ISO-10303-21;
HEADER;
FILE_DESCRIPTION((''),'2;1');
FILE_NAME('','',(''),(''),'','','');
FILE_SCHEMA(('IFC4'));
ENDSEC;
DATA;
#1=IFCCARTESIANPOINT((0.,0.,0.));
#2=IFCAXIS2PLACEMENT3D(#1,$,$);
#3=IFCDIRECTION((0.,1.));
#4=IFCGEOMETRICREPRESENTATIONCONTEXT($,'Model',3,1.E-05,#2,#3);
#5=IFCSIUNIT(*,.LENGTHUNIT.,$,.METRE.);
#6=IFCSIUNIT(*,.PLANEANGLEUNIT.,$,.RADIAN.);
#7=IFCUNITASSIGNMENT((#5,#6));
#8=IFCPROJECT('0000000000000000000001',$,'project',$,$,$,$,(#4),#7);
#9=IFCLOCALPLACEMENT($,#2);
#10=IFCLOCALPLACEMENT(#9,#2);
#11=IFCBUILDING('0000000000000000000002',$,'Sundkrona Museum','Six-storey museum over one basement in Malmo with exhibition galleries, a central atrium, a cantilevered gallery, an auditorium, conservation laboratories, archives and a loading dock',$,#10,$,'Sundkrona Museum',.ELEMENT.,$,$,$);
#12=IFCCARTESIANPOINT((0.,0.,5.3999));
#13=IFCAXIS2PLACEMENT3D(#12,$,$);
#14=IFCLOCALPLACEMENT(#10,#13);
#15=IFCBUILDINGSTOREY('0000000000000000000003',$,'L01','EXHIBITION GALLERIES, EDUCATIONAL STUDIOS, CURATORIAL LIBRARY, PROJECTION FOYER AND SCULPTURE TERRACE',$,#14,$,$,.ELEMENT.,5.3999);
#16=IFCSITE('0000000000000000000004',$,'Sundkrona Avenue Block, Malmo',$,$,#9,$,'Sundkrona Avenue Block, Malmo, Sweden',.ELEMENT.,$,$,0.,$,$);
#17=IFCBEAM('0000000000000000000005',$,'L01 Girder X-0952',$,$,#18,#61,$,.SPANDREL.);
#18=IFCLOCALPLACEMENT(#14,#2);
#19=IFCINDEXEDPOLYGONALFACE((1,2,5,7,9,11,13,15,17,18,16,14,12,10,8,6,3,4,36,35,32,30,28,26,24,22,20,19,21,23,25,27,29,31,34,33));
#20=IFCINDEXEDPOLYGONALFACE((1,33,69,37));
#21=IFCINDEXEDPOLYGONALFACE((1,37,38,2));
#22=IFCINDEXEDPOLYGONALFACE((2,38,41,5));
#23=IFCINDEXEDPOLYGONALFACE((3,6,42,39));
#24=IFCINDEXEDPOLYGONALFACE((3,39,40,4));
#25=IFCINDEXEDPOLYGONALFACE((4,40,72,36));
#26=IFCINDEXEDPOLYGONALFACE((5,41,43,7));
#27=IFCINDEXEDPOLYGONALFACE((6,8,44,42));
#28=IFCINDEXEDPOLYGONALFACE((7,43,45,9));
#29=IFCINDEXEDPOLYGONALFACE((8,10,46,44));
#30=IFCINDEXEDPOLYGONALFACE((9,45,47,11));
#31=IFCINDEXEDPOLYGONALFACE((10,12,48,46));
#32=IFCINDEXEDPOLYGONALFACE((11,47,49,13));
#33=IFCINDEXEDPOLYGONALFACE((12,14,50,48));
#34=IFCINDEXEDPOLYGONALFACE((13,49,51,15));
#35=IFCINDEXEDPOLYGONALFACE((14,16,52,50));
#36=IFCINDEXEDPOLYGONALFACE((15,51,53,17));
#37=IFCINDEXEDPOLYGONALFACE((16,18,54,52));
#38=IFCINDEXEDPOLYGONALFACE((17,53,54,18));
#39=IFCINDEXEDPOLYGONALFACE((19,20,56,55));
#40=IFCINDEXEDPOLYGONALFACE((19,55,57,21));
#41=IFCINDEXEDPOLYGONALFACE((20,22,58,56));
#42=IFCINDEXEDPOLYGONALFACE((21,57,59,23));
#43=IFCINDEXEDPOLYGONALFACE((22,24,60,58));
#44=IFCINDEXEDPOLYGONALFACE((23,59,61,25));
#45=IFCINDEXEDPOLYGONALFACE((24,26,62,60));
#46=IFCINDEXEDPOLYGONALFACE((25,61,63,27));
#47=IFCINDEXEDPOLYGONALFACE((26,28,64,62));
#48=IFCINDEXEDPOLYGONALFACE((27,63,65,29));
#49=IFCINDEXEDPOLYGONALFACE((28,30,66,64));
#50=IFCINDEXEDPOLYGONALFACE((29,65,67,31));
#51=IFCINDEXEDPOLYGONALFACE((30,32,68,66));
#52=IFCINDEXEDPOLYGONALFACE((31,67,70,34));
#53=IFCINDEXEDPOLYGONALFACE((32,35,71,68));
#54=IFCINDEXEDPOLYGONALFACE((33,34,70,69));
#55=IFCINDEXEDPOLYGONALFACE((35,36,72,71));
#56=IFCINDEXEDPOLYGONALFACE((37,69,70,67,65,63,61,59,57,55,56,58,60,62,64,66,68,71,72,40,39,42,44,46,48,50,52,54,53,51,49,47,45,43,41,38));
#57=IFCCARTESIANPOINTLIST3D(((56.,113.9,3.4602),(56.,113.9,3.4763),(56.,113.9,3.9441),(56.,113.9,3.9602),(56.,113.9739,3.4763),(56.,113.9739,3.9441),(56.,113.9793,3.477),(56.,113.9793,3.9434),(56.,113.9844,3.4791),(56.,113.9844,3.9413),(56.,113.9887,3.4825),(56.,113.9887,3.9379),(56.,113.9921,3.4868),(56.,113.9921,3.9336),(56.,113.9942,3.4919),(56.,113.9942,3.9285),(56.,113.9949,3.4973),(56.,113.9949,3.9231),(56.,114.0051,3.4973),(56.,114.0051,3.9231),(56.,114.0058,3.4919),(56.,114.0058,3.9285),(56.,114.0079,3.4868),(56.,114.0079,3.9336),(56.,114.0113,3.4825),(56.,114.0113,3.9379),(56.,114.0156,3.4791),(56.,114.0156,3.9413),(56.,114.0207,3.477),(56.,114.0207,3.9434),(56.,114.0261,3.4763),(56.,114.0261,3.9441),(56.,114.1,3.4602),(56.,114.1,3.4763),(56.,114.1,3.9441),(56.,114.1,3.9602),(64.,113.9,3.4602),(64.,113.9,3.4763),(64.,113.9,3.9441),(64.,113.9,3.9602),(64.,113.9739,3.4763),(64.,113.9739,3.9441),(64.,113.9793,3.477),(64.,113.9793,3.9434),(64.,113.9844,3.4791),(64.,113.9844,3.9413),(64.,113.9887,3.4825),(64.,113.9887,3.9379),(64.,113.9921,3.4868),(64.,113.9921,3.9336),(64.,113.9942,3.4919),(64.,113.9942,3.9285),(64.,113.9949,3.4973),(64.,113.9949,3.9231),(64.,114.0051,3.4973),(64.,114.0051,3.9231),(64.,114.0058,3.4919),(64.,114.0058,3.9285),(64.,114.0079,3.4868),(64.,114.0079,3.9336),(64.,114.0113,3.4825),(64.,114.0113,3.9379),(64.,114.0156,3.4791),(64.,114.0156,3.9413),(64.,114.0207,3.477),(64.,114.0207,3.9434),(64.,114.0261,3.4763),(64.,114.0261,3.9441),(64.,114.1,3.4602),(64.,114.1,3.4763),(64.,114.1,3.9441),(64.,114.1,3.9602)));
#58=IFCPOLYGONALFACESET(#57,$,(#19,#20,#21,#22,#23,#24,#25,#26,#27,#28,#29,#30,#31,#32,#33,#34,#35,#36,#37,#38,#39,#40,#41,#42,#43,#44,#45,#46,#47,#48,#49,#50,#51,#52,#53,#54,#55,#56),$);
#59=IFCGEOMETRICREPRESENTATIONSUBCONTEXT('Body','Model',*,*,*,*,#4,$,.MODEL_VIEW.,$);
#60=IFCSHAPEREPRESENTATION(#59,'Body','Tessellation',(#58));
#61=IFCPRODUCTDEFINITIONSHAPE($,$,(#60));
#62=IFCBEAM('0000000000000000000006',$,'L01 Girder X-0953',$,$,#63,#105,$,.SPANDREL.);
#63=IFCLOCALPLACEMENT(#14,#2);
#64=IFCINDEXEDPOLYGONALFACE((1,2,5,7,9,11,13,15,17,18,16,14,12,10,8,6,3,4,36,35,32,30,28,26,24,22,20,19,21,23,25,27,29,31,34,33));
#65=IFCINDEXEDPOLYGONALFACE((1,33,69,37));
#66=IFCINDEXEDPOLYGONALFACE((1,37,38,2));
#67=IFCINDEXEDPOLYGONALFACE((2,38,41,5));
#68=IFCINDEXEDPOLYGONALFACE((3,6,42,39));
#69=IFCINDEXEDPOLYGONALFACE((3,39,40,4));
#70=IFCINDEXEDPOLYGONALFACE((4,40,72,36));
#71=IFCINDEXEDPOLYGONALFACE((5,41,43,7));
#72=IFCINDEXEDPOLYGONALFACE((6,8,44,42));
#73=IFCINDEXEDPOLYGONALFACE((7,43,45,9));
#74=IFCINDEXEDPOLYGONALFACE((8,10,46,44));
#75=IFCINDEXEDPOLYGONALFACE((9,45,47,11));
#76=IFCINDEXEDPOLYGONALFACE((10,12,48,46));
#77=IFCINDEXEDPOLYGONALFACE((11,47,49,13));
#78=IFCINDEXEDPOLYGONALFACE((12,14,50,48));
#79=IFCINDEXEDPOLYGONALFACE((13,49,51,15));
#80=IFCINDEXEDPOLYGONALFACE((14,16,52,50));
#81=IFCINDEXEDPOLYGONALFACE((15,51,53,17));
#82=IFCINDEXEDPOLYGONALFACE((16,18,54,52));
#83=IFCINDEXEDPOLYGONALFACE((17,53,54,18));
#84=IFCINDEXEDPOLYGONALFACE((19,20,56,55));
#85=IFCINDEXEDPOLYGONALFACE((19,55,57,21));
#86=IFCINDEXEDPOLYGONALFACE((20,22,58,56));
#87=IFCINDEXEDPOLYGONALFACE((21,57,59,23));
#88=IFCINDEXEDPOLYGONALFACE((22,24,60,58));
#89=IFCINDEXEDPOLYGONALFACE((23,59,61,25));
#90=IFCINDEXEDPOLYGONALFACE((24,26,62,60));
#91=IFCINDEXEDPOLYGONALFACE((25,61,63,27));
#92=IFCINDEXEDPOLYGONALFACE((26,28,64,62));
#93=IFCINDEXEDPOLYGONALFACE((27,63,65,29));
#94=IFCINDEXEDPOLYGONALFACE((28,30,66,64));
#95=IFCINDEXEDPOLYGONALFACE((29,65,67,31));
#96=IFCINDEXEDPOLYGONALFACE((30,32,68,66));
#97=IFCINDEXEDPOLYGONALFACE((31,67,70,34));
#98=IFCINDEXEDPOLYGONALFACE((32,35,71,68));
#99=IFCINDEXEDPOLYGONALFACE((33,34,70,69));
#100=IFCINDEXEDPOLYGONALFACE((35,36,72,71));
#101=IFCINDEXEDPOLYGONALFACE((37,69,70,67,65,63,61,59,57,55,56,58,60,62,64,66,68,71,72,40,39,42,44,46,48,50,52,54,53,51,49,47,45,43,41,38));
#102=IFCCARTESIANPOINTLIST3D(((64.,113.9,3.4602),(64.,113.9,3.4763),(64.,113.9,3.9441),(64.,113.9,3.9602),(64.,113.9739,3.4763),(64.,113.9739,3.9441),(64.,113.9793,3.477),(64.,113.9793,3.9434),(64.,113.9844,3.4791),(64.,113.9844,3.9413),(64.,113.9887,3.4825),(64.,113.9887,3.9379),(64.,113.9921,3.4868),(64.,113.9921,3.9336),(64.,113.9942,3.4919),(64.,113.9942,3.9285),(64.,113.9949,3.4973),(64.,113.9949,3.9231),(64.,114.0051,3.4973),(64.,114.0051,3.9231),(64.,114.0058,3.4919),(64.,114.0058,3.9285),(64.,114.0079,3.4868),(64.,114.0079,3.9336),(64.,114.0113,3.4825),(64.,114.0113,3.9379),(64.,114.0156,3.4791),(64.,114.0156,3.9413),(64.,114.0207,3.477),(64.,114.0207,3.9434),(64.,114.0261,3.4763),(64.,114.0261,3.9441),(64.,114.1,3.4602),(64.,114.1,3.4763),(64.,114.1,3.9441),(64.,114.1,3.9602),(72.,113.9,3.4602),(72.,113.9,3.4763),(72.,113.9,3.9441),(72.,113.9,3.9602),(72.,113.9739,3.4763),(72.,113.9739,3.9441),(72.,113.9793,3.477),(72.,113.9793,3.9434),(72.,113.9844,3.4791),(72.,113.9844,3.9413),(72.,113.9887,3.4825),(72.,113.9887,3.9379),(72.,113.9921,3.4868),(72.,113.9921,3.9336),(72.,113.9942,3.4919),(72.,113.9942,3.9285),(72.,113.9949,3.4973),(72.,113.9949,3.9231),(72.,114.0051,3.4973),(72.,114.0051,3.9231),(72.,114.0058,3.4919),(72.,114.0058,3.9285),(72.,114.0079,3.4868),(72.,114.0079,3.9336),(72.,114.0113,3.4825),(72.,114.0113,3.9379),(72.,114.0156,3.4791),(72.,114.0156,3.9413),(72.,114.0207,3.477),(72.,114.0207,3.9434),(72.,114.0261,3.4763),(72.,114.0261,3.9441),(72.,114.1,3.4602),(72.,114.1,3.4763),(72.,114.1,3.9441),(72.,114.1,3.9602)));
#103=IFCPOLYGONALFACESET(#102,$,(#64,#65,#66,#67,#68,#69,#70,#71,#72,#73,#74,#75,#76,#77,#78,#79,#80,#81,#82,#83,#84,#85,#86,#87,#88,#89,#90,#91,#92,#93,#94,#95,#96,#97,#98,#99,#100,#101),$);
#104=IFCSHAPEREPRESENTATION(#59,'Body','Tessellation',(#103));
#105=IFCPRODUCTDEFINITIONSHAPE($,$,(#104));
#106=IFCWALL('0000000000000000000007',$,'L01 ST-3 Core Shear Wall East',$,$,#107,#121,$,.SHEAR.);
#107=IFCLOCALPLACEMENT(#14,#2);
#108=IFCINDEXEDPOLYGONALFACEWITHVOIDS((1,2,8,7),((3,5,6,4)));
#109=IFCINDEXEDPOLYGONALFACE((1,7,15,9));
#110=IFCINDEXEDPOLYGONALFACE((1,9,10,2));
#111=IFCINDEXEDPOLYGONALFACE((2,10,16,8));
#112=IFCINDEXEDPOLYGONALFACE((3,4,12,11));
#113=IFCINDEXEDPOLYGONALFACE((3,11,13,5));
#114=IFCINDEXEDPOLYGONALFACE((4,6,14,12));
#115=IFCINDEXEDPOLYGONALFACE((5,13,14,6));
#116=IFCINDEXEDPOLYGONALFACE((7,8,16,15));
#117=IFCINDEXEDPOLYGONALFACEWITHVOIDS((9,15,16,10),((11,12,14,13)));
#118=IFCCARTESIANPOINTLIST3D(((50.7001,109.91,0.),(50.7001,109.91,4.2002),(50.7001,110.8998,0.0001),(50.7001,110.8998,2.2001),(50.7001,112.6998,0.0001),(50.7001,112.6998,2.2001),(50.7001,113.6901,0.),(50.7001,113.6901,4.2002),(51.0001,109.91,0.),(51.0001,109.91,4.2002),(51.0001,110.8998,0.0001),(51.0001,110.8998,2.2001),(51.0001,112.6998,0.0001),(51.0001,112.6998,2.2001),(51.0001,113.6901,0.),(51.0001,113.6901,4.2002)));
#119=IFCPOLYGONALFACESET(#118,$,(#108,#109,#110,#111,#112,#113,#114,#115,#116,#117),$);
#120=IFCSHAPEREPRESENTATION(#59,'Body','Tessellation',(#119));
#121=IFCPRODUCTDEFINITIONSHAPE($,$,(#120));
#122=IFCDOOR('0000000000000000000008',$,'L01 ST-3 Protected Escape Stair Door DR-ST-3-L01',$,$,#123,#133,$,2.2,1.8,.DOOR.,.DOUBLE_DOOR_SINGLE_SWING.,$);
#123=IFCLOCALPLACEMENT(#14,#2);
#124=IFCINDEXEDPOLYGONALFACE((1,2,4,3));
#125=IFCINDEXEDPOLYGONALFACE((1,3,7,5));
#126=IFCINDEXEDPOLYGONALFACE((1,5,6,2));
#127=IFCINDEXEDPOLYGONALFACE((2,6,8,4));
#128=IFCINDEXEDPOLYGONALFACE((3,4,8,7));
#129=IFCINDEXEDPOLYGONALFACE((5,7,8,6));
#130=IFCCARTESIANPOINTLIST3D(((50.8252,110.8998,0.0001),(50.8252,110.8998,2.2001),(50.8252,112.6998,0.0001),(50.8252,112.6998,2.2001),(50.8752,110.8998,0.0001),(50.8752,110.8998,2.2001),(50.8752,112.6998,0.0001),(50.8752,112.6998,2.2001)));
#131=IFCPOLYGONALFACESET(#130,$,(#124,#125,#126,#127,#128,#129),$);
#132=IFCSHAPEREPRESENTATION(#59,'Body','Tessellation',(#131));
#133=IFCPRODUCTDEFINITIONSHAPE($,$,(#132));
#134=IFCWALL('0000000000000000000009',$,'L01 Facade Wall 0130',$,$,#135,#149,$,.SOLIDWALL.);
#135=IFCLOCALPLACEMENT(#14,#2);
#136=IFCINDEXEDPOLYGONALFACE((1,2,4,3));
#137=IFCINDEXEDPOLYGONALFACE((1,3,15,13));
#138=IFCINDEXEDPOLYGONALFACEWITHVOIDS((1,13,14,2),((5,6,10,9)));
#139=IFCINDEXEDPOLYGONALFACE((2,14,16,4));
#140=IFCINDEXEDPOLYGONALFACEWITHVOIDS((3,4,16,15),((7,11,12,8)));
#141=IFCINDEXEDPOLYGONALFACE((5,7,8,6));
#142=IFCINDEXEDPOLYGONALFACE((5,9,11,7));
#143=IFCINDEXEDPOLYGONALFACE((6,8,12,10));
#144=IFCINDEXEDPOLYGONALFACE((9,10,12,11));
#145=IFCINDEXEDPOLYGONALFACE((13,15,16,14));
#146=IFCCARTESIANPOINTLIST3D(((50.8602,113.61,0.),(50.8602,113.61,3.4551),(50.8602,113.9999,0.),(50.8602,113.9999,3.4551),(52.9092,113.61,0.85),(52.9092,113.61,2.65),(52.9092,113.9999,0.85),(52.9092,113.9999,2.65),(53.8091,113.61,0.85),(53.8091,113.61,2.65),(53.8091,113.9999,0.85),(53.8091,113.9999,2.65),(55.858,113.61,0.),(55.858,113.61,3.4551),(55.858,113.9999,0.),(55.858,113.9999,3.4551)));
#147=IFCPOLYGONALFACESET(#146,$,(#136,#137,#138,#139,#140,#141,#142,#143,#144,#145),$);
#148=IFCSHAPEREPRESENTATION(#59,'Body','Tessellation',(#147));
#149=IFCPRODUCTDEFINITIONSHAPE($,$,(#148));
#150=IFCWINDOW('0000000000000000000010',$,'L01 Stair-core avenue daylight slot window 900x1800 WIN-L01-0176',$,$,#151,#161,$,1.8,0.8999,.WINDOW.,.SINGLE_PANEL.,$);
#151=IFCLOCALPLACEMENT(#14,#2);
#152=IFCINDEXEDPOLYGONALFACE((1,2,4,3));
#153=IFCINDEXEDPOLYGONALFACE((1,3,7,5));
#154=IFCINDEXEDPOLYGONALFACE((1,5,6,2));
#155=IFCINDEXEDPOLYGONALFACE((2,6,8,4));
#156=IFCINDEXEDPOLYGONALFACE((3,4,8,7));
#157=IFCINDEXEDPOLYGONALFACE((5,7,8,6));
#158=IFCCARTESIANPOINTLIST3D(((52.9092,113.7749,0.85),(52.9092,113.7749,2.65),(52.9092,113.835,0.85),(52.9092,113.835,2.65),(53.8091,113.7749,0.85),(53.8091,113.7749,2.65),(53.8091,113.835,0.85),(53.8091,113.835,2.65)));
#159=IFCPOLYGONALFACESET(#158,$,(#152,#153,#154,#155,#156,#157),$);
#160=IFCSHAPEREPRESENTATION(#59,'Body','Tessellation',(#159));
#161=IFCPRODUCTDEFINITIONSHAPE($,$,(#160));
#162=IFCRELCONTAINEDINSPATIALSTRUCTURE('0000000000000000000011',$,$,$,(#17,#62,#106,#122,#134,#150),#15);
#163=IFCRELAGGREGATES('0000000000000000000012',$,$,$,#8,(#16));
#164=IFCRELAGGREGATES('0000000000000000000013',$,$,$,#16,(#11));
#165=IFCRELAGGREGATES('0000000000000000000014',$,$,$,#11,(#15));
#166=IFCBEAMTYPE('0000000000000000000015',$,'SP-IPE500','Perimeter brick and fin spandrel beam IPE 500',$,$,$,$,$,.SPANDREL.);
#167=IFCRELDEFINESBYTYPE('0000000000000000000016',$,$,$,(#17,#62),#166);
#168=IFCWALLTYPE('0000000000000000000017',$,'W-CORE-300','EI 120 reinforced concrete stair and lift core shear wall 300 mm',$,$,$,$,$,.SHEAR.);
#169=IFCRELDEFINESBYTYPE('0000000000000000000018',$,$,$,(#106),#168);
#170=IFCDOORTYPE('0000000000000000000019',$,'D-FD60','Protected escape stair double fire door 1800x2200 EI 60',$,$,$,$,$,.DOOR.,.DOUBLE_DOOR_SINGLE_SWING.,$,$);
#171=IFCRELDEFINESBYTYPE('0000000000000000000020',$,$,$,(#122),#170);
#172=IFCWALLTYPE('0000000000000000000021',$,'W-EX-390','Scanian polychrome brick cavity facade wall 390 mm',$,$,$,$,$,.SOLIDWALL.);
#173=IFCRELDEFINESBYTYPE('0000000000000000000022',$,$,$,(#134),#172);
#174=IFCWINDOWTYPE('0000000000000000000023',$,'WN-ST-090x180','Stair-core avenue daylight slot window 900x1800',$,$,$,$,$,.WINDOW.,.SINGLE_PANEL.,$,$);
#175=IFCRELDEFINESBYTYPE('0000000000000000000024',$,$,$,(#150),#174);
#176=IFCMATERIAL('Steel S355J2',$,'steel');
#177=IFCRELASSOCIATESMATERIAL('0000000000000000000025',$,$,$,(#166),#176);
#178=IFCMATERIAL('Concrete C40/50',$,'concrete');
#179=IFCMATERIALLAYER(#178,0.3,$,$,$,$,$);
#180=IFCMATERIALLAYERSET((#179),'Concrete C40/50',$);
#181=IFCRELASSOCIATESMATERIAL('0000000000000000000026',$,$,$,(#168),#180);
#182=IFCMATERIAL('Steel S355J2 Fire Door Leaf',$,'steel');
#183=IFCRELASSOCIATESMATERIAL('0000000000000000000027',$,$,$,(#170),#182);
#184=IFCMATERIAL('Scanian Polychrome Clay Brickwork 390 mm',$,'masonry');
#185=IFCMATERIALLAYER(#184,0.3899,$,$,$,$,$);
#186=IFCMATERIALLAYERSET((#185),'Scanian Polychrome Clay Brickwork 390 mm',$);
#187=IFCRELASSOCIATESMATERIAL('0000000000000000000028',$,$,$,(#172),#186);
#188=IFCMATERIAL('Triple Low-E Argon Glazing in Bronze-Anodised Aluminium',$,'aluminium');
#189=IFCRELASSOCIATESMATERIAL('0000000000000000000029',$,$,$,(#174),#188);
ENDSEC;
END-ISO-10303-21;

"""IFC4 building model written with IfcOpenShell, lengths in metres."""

from ifc_helpers import new_model, si_unit, direction, frame, frame_2d, origin, origin_2d, place, context, subcontext, project, spatial, rectangle, i_section, extrude, material, layer, layer_set, material_profile, profile_set, type_object, element, fill, save


model = new_model("IFC4")

# Units and contexts
model_context = context("Model", 3, precision=1e-05, world=origin(), true_north=direction((0.0, 1.0)))
body_context = subcontext(model_context, "Body", "Model", "MODEL_VIEW")
ifc_project = project(units=[si_unit("LENGTHUNIT", "METRE"), si_unit("PLANEANGLEUNIT", "RADIAN")], contexts=[model_context])

# Site, building, storey
site_placement = place(None, origin())
site = spatial("IfcSite", under=ifc_project, at=site_placement, Name="Sundkrona Avenue Block, Malmo", LongName="Sundkrona Avenue Block, Malmo, Sweden", CompositionType="ELEMENT", RefElevation=0.0)
building_placement = place(site_placement, origin())
building = spatial("IfcBuilding", under=site, at=building_placement, Name="Sundkrona Museum", Description="Six-storey museum over one basement in Malmo with exhibition galleries, a central atrium, a cantilevered gallery, an auditorium, conservation laboratories, archives and a loading dock", LongName="Sundkrona Museum", CompositionType="ELEMENT")
storey_placement = place(building_placement, frame((0.0, 0.0, 5.3999)))
storey = spatial("IfcBuildingStorey", under=building, at=storey_placement, Name="L01", Description="EXHIBITION GALLERIES, EDUCATIONAL STUDIOS, CURATORIAL LIBRARY, PROJECTION FOYER AND SCULPTURE TERRACE", CompositionType="ELEMENT", Elevation=5.3999)

# Shared definitions
ifc_material_1 = material(Name="Steel S355J2", Category="steel")

# Beams
ifc_material_profile_1 = material_profile(ifc_material_1, i_section(OverallWidth=0.2, OverallDepth=0.5, WebThickness=0.0103, FlangeThickness=0.0161, FilletRadius=0.021, at=origin_2d()), Name="IPE 500")
ifc_profile_set_1 = profile_set([ifc_material_profile_1], Name="Steel S355J2")
beam_type_1 = type_object("IfcBeamType", Name="SP-IPE500", Description="Perimeter brick and fin spandrel beam IPE 500", PredefinedType="SPANDREL", material=ifc_profile_set_1)
for number, where, z_axis, x_axis, name in (
    (1, (56.0, 114.0, 3.7102), (1.0, 0.0, 0.0), (0.0, 1.0, 0.0), "L01 Girder X-0952"),
    (2, (64.0, 114.0, 3.7102), (1.0, 0.0, 0.0), (0.0, 1.0, 0.0), "L01 Girder X-0953"),
):
    element("IfcBeam", number, at=place(storey_placement, frame(where, z_axis=z_axis, x_axis=x_axis)), inside=storey, type_object=beam_type_1, Name=name, PredefinedType="SPANDREL", context=body_context, shape_type="SweptSolid", body=[
        extrude(i_section(OverallWidth=0.2, OverallDepth=0.5, WebThickness=0.0103, FlangeThickness=0.0161, FilletRadius=0.021, at=origin_2d()), origin(), (0.0, 0.0, 1.0), 8.0),
    ])

# Wall, opening, door
ifc_material_2 = material(Name="Concrete C40/50", Category="concrete")
ifc_layer_1 = layer(ifc_material_2, 0.3)
ifc_layer_set_1 = layer_set([ifc_layer_1], Name="Concrete C40/50")
wall_type_1 = type_object("IfcWallType", Name="W-CORE-300", Description="EI 120 reinforced concrete stair and lift core shear wall 300 mm", PredefinedType="SHEAR", material=ifc_layer_set_1)
wall_1_placement = place(storey_placement, frame((50.8501, 109.9099, 0.0), z_axis=(0.0, 0.0, 1.0), x_axis=(0.0, 1.0, 0.0)))
wall_1 = element("IfcWall", 3, at=wall_1_placement, inside=storey, type_object=wall_type_1, Name="L01 ST-3 Core Shear Wall East", PredefinedType="SHEAR", context=body_context, shape_type="SweptSolid", body=[
    extrude(rectangle(XDim=3.78, YDim=0.3, at=frame_2d((1.8901, 0.0))), origin(), (0.0, 0.0, 1.0), 4.2002),
])
opening_1_placement = place(wall_1_placement, frame((0.99, 0.0, 0.0)))
opening_1 = element("IfcOpeningElement", 4, at=opening_1_placement, cuts=wall_1, PredefinedType="OPENING", context=body_context, shape_type="SweptSolid", body=[
    extrude(rectangle(XDim=1.8, YDim=2.2, at=frame_2d((0.8999, 1.1001))), frame((0.0, 0.1599, 0.0), z_axis=(0.0, -1.0, 0.0), x_axis=(1.0, 0.0, 0.0)), (0.0, 0.0, 1.0), 0.3201),
])
ifc_material_3 = material(Name="Steel S355J2 Fire Door Leaf", Category="steel")
door_type_1 = type_object("IfcDoorType", Name="D-FD60", Description="Protected escape stair double fire door 1800x2200 EI 60", OperationType="DOUBLE_DOOR_SINGLE_SWING", PredefinedType="DOOR", material=ifc_material_3)
door_1_placement = place(opening_1_placement, origin())
door_1 = element("IfcDoor", 5, at=door_1_placement, inside=storey, type_object=door_type_1, Name="L01 ST-3 Protected Escape Stair Door DR-ST-3-L01", OperationType="DOUBLE_DOOR_SINGLE_SWING", OverallHeight=2.2, OverallWidth=1.8, PredefinedType="DOOR", context=body_context, shape_type="SweptSolid", body=[
    extrude(rectangle(XDim=1.8, YDim=2.2, at=frame_2d((0.8999, 1.1001))), frame((0.0, 0.0249, 0.0), z_axis=(0.0, -1.0, 0.0), x_axis=(1.0, 0.0, 0.0)), (0.0, 0.0, 1.0), 0.05),
])
fill(opening_1, door_1)

# Wall, opening, window
ifc_material_4 = material(Name="Scanian Polychrome Clay Brickwork 390 mm", Category="masonry")
ifc_layer_2 = layer(ifc_material_4, 0.3899)
ifc_layer_set_2 = layer_set([ifc_layer_2], Name="Scanian Polychrome Clay Brickwork 390 mm")
wall_type_2 = type_object("IfcWallType", Name="W-EX-390", Description="Scanian polychrome brick cavity facade wall 390 mm", PredefinedType="SOLIDWALL", material=ifc_layer_set_2)
wall_2_placement = place(storey_placement, frame((50.8601, 113.8049, 0.0), z_axis=(0.0, 0.0, 1.0), x_axis=(1.0, 0.0, 0.0)))
wall_2 = element("IfcWall", 6, at=wall_2_placement, inside=storey, type_object=wall_type_2, Name="L01 Facade Wall 0130", PredefinedType="SOLIDWALL", context=body_context, shape_type="SweptSolid", body=[
    extrude(rectangle(XDim=4.9978, YDim=0.3899, at=frame_2d((2.499, 0.0))), origin(), (0.0, 0.0, 1.0), 3.4551),
])
opening_2_placement = place(wall_2_placement, frame((2.0491, 0.0, 0.8501)))
opening_2 = element("IfcOpeningElement", 7, at=opening_2_placement, cuts=wall_2, PredefinedType="OPENING", context=body_context, shape_type="SweptSolid", body=[
    extrude(rectangle(XDim=0.8999, YDim=1.8, at=frame_2d((0.45, 0.8999))), frame((0.0, 0.2048, 0.0), z_axis=(0.0, -1.0, 0.0), x_axis=(1.0, 0.0, 0.0)), (0.0, 0.0, 1.0), 0.4099),
])
ifc_material_5 = material(Name="Triple Low-E Argon Glazing in Bronze-Anodised Aluminium", Category="aluminium")
window_type_1 = type_object("IfcWindowType", Name="WN-ST-090x180", Description="Stair-core avenue daylight slot window 900x1800", PartitioningType="SINGLE_PANEL", PredefinedType="WINDOW", material=ifc_material_5)
window_1_placement = place(opening_2_placement, origin())
window_1 = element("IfcWindow", 8, at=window_1_placement, inside=storey, type_object=window_type_1, Name="L01 Stair-core avenue daylight slot window 900x1800 WIN-L01-0176", OverallHeight=1.8, OverallWidth=0.8999, PartitioningType="SINGLE_PANEL", PredefinedType="WINDOW", context=body_context, shape_type="SweptSolid", body=[
    extrude(rectangle(XDim=0.8999, YDim=1.8, at=frame_2d((0.45, 0.8999))), frame((0.0, 0.03, 0.0), z_axis=(0.0, -1.0, 0.0), x_axis=(1.0, 0.0, 0.0)), (0.0, 0.0, 1.0), 0.0601),
])
fill(opening_2, window_1)

save(model, "model.ifc")
